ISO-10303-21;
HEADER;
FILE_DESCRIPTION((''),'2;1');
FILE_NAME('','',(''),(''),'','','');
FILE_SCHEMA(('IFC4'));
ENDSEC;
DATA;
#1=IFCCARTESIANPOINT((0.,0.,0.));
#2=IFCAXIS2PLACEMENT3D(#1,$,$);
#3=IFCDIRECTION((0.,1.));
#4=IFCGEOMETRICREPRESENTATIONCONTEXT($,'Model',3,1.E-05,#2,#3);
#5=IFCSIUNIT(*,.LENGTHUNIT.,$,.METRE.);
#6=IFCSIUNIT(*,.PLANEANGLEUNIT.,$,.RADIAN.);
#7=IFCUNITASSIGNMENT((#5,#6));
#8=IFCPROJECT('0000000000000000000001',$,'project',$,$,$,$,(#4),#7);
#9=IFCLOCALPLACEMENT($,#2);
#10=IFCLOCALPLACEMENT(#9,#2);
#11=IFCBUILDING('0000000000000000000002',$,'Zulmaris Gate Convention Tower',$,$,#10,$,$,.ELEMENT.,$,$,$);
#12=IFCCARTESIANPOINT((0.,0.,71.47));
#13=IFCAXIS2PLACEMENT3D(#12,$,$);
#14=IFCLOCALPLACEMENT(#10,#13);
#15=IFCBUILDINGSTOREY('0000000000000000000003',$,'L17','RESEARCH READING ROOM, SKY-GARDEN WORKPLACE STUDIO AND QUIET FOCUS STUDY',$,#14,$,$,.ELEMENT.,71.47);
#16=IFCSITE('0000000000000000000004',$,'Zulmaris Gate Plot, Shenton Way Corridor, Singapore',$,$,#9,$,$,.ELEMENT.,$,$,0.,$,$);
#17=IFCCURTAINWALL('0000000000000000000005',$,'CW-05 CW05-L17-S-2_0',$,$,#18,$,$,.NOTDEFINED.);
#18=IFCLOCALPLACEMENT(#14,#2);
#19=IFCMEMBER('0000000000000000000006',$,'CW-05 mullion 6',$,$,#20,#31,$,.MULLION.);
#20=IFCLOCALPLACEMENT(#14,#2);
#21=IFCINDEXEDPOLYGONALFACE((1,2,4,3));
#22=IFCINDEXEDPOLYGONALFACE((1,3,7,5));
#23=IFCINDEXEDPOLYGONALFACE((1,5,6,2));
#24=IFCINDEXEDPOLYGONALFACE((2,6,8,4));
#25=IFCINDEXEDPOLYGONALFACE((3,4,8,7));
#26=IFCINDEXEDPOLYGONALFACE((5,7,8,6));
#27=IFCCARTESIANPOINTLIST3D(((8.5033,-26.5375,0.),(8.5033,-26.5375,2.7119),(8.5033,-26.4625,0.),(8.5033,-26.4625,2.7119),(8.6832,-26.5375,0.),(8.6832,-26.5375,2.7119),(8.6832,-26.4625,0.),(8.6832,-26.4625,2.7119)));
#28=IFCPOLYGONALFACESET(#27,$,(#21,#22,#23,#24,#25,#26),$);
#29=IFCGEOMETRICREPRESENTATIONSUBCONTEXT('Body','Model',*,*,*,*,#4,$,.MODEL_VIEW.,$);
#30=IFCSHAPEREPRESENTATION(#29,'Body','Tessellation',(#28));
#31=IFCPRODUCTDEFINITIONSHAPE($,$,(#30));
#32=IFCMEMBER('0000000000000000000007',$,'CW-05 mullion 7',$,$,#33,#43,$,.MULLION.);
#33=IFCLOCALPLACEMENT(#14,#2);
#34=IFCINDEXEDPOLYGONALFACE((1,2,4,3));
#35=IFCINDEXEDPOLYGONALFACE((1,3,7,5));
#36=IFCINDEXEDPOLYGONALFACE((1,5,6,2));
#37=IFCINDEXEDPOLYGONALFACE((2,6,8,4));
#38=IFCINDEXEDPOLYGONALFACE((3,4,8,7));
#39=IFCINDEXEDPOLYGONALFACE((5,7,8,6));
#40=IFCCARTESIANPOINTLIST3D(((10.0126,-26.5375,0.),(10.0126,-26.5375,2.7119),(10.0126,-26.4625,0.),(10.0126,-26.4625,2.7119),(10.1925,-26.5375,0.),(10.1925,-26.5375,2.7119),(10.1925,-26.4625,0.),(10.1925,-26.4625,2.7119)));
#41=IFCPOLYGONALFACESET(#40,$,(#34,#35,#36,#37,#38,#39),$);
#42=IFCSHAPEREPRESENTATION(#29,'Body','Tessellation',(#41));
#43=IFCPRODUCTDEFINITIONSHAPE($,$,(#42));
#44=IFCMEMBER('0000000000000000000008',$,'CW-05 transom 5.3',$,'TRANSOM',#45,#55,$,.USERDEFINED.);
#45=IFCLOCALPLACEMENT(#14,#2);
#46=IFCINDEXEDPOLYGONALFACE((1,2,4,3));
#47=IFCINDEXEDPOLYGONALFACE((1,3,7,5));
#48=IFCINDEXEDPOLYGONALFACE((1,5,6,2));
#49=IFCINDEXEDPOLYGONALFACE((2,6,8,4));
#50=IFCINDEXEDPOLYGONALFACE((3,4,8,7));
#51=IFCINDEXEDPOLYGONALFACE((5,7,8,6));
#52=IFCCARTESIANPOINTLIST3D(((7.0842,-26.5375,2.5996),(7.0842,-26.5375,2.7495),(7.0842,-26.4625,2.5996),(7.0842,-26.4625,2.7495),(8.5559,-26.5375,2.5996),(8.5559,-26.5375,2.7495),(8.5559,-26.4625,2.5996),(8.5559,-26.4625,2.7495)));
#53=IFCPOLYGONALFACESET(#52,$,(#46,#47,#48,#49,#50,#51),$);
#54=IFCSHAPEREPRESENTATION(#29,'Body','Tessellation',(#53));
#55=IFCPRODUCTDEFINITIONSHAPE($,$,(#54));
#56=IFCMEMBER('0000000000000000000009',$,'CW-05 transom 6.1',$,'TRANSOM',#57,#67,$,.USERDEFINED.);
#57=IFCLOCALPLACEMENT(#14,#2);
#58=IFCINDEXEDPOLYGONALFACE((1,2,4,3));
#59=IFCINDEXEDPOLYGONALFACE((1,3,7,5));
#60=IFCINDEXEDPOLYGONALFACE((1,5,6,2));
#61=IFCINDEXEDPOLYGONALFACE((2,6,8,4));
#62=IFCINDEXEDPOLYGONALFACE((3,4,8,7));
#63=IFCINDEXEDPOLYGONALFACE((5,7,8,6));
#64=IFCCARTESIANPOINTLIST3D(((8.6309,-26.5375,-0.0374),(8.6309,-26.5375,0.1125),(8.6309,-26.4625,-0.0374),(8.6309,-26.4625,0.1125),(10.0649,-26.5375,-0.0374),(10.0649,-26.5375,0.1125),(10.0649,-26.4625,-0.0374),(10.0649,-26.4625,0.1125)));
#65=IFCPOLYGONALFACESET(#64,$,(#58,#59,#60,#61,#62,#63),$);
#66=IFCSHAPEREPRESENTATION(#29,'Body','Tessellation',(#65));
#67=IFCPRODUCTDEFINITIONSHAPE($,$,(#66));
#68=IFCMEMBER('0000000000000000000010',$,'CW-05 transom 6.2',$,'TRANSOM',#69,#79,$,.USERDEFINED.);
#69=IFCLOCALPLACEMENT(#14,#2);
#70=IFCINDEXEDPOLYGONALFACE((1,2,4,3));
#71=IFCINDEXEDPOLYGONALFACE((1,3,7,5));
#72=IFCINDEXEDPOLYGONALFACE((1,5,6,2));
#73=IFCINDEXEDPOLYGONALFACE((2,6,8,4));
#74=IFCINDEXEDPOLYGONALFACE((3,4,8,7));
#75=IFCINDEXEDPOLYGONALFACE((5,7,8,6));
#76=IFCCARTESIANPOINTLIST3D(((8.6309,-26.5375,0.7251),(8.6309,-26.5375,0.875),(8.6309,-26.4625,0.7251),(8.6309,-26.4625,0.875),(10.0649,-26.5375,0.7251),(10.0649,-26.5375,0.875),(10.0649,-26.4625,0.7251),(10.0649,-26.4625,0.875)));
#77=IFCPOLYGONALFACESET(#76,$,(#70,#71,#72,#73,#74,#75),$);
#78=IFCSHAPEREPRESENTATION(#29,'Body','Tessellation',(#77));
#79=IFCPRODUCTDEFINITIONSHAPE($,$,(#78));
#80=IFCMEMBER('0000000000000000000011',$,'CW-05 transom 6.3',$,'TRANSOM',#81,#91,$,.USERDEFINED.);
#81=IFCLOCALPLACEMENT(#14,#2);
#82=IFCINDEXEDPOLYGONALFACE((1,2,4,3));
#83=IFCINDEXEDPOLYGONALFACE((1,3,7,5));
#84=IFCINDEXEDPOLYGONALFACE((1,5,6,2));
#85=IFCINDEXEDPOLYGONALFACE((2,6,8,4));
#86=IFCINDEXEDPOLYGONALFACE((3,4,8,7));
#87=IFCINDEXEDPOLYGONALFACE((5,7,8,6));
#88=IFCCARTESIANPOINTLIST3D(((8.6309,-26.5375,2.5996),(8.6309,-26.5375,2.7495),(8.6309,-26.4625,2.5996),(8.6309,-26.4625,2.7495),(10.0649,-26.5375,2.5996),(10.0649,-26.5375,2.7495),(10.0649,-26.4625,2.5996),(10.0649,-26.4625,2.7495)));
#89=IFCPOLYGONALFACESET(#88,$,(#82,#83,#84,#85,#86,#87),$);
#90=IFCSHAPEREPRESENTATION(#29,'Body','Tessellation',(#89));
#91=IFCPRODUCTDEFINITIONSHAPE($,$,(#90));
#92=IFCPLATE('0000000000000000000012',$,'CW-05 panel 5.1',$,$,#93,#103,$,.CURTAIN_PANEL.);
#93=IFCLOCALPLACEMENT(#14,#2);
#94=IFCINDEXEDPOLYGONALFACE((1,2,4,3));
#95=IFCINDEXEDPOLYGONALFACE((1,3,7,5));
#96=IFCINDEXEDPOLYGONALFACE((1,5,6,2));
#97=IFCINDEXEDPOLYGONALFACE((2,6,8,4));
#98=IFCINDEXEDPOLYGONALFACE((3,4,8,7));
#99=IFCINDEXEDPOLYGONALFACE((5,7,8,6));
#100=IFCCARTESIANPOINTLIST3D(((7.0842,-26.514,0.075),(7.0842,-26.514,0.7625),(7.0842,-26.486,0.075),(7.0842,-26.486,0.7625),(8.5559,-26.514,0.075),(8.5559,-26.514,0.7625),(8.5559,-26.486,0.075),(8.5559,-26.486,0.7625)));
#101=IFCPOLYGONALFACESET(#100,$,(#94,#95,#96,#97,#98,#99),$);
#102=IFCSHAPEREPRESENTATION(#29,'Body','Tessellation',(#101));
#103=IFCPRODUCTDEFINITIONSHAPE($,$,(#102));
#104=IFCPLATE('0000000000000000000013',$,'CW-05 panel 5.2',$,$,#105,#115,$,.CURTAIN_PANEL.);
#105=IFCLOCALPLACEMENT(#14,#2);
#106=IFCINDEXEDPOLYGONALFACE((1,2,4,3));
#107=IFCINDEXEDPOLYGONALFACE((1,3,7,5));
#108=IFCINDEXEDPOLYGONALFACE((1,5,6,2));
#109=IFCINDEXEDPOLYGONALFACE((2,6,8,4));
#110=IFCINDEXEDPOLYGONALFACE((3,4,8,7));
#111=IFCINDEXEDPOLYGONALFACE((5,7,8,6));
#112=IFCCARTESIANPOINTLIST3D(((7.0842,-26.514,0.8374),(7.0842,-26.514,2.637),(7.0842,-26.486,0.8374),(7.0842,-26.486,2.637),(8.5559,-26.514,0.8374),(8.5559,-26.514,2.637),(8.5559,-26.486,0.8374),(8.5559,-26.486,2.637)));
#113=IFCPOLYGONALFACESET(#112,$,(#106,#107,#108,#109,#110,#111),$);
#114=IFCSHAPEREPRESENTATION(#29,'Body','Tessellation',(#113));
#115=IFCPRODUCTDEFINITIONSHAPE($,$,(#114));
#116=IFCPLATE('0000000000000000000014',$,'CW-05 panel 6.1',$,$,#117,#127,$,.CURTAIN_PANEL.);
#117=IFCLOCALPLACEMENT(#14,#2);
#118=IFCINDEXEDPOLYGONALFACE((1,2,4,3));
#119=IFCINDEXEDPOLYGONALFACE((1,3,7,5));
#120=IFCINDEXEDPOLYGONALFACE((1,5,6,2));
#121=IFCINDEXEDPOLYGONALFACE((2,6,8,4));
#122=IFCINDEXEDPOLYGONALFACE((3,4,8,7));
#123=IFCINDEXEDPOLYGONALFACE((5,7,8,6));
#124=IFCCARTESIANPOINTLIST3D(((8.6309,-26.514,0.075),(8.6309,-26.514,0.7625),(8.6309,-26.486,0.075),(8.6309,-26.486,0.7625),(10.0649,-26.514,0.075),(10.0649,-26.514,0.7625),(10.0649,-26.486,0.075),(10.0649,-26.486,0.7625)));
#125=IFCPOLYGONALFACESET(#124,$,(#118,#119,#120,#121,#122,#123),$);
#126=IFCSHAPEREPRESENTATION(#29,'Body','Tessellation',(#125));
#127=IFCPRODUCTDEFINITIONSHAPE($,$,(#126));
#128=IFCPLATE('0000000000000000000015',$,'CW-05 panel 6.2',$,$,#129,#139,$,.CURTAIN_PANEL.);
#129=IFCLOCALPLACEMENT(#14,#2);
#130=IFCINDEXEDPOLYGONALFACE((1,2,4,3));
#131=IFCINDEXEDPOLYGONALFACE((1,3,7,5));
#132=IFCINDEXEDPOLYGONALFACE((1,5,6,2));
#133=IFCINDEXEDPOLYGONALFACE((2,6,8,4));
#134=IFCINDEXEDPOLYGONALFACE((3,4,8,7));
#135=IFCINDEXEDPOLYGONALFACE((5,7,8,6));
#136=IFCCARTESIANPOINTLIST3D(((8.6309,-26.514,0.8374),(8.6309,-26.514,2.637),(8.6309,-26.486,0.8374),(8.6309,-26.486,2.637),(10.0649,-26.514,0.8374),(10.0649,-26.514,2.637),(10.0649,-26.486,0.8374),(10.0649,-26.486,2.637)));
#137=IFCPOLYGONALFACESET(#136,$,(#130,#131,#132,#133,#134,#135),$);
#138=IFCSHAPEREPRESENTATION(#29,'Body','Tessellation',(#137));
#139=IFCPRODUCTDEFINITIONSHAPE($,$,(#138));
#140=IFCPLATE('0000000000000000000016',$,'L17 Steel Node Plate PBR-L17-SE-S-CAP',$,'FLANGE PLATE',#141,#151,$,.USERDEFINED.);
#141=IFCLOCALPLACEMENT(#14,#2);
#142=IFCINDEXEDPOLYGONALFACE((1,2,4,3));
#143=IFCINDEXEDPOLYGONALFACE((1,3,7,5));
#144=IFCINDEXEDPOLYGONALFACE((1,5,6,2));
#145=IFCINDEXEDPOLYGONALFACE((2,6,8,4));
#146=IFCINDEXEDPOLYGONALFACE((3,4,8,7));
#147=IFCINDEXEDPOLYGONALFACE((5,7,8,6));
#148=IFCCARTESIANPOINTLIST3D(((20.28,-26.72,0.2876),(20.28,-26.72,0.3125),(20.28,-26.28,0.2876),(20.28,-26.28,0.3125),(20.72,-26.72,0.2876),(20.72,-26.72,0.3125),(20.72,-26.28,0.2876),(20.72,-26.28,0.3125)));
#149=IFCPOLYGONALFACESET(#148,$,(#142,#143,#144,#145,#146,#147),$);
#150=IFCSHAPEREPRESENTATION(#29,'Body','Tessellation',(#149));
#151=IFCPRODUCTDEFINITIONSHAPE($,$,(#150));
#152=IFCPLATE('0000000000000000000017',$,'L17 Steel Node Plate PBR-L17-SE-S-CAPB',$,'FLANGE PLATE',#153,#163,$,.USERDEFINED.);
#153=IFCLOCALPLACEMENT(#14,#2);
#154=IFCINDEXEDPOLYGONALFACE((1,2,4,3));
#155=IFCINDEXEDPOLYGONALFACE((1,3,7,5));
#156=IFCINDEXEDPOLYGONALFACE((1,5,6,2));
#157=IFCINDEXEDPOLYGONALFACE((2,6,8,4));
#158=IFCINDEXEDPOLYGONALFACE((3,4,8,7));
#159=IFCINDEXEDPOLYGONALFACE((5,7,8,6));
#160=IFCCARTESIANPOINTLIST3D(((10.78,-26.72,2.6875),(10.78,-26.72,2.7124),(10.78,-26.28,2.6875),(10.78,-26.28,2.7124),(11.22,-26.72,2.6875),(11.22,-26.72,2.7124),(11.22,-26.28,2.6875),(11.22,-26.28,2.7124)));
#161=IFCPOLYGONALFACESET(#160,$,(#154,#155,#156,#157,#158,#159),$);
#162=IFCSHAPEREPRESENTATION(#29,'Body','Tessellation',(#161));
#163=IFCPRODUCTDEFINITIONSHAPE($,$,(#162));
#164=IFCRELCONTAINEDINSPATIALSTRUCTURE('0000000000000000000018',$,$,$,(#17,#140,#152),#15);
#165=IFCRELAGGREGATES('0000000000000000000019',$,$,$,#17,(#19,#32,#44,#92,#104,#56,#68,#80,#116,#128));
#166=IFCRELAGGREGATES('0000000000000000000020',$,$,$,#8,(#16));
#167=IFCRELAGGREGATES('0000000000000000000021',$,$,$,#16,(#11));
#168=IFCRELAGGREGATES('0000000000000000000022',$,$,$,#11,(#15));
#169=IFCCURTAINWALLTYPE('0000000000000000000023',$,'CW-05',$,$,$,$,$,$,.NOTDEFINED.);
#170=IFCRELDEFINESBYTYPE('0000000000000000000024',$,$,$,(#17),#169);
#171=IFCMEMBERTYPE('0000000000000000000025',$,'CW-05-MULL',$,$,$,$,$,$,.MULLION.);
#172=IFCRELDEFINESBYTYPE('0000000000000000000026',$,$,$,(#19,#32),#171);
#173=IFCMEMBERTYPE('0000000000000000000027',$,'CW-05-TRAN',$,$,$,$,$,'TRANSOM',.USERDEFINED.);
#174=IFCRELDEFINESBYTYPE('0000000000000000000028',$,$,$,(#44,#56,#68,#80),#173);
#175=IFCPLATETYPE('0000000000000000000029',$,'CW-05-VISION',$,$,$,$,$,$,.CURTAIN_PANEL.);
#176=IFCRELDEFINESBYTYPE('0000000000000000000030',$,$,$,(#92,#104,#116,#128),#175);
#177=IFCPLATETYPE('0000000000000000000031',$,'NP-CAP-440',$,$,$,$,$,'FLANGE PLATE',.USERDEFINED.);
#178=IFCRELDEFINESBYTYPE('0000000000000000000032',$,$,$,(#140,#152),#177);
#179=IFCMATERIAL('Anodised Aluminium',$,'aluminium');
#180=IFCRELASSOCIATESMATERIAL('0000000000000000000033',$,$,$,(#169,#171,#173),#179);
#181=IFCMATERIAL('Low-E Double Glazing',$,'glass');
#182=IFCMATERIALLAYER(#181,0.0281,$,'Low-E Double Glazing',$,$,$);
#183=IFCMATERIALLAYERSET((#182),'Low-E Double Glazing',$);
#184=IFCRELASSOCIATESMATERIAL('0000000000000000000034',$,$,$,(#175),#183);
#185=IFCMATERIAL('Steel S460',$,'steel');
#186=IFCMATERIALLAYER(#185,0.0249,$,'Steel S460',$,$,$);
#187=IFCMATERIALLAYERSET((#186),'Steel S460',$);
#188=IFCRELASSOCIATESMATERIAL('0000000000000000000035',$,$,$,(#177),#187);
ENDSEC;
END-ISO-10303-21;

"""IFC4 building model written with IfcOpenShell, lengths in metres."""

from ifc_helpers import new_model, si_unit, direction, frame, origin, origin_2d, place, context, subcontext, project, spatial, rectangle, extrude, material, layer, layer_set, material_profile, profile_set, type_object, element, aggregate, save


model = new_model("IFC4")

# Units and contexts
model_context = context("Model", 3, precision=1e-05, world=origin(), true_north=direction((0.0, 1.0)))
body_context = subcontext(model_context, "Body", "Model", "MODEL_VIEW")
ifc_project = project(units=[si_unit("LENGTHUNIT", "METRE"), si_unit("PLANEANGLEUNIT", "RADIAN")], contexts=[model_context])

# Site, building, storey
site_placement = place(None, origin())
site = spatial("IfcSite", under=ifc_project, at=site_placement, Name="Zulmaris Gate Plot, Shenton Way Corridor, Singapore", CompositionType="ELEMENT", RefElevation=0.0)
building_placement = place(site_placement, origin())
building = spatial("IfcBuilding", under=site, at=building_placement, Name="Zulmaris Gate Convention Tower", CompositionType="ELEMENT")
storey_placement = place(building_placement, frame((0.0, 0.0, 71.47)))
storey = spatial("IfcBuildingStorey", under=building, at=storey_placement, Name="L17", Description="RESEARCH READING ROOM, SKY-GARDEN WORKPLACE STUDIO AND QUIET FOCUS STUDY", CompositionType="ELEMENT", Elevation=71.47)

# Shared definitions
ifc_material_1 = material(Name="Steel S460", Category="steel")

# Curtain wall, members, plates
ifc_material_2 = material(Name="Anodised Aluminium", Category="aluminium")
curtain_wall_type = type_object("IfcCurtainWallType", Name="CW-05", PredefinedType="NOTDEFINED", material=ifc_material_2)
curtain_wall_placement = place(storey_placement, origin())
curtain_wall = element("IfcCurtainWall", 1, at=curtain_wall_placement, inside=storey, type_object=curtain_wall_type, Name="CW-05 CW05-L17-S-2_0", PredefinedType="NOTDEFINED")
ifc_material_profile_1 = material_profile(ifc_material_2, rectangle(XDim=0.075, YDim=0.1799, at=origin_2d()), Name="ALU MULLION 75x180")
ifc_profile_set_1 = profile_set([ifc_material_profile_1], Name="Anodised Aluminium")
member_type_1 = type_object("IfcMemberType", Name="CW-05-MULL", PredefinedType="MULLION", material=ifc_profile_set_1)
member_1_placement = place(storey_placement, frame((8.5933, -26.5, 0.0), z_axis=(0.0, 0.0, 1.0), x_axis=(0.0, 1.0, 0.0)))
member_1 = element("IfcMember", 2, at=member_1_placement, type_object=member_type_1, Name="CW-05 mullion 6", PredefinedType="MULLION", context=body_context, shape_type="SweptSolid", body=[
    extrude(rectangle(XDim=0.075, YDim=0.1799, at=origin_2d()), origin(), (0.0, 0.0, 1.0), 2.7119),
])
member_2_placement = place(storey_placement, frame((10.1025, -26.5, 0.0), z_axis=(0.0, 0.0, 1.0), x_axis=(0.0, 1.0, 0.0)))
member_2 = element("IfcMember", 3, at=member_2_placement, type_object=member_type_1, Name="CW-05 mullion 7", PredefinedType="MULLION", context=body_context, shape_type="SweptSolid", body=[
    extrude(rectangle(XDim=0.075, YDim=0.1799, at=origin_2d()), origin(), (0.0, 0.0, 1.0), 2.7119),
])
ifc_material_profile_2 = material_profile(ifc_material_2, rectangle(XDim=0.075, YDim=0.1499, at=origin_2d()), Name="ALU TRANSOM 75x150")
ifc_profile_set_2 = profile_set([ifc_material_profile_2], Name="Anodised Aluminium")
member_type_2 = type_object("IfcMemberType", Name="CW-05-TRAN", ElementType="TRANSOM", PredefinedType="USERDEFINED", material=ifc_profile_set_2)
member_3_placement = place(storey_placement, frame((7.0842, -26.5, 2.6746), z_axis=(1.0, 0.0, 0.0), x_axis=(0.0, 1.0, 0.0)))
member_3 = element("IfcMember", 4, at=member_3_placement, type_object=member_type_2, Name="CW-05 transom 5.3", ObjectType="TRANSOM", PredefinedType="USERDEFINED", context=body_context, shape_type="SweptSolid", body=[
    extrude(rectangle(XDim=0.075, YDim=0.1499, at=origin_2d()), origin(), (0.0, 0.0, 1.0), 1.4717),
])
member_4_placement = place(storey_placement, frame((8.6309, -26.5, 0.0376), z_axis=(1.0, 0.0, 0.0), x_axis=(0.0, 1.0, 0.0)))
member_4 = element("IfcMember", 5, at=member_4_placement, type_object=member_type_2, Name="CW-05 transom 6.1", ObjectType="TRANSOM", PredefinedType="USERDEFINED", context=body_context, shape_type="SweptSolid", body=[
    extrude(rectangle(XDim=0.075, YDim=0.1499, at=origin_2d()), origin(), (0.0, 0.0, 1.0), 1.4341),
])
member_5_placement = place(storey_placement, frame((8.6309, -26.5, 0.8), z_axis=(1.0, 0.0, 0.0), x_axis=(0.0, 1.0, 0.0)))
member_5 = element("IfcMember", 6, at=member_5_placement, type_object=member_type_2, Name="CW-05 transom 6.2", ObjectType="TRANSOM", PredefinedType="USERDEFINED", context=body_context, shape_type="SweptSolid", body=[
    extrude(rectangle(XDim=0.075, YDim=0.1499, at=origin_2d()), origin(), (0.0, 0.0, 1.0), 1.4341),
])
member_6_placement = place(storey_placement, frame((8.6309, -26.5, 2.6746), z_axis=(1.0, 0.0, 0.0), x_axis=(0.0, 1.0, 0.0)))
member_6 = element("IfcMember", 7, at=member_6_placement, type_object=member_type_2, Name="CW-05 transom 6.3", ObjectType="TRANSOM", PredefinedType="USERDEFINED", context=body_context, shape_type="SweptSolid", body=[
    extrude(rectangle(XDim=0.075, YDim=0.1499, at=origin_2d()), origin(), (0.0, 0.0, 1.0), 1.4341),
])
ifc_material_3 = material(Name="Low-E Double Glazing", Category="glass")
ifc_layer_1 = layer(ifc_material_3, 0.0281, Name="Low-E Double Glazing")
ifc_layer_set_1 = layer_set([ifc_layer_1], Name="Low-E Double Glazing")
plate_type_1 = type_object("IfcPlateType", Name="CW-05-VISION", PredefinedType="CURTAIN_PANEL", material=ifc_layer_set_1)
plate_1_placement = place(storey_placement, frame((7.8201, -26.5, 0.075), z_axis=(0.0, 0.0, 1.0), x_axis=(1.0, 0.0, 0.0)))
plate_1 = element("IfcPlate", 8, at=plate_1_placement, type_object=plate_type_1, Name="CW-05 panel 5.1", PredefinedType="CURTAIN_PANEL", context=body_context, shape_type="SweptSolid", body=[
    extrude(rectangle(XDim=1.4717, YDim=0.0281, at=origin_2d()), origin(), (0.0, 0.0, 1.0), 0.6875),
])
plate_2_placement = place(storey_placement, frame((7.8201, -26.5, 0.8374), z_axis=(0.0, 0.0, 1.0), x_axis=(1.0, 0.0, 0.0)))
plate_2 = element("IfcPlate", 9, at=plate_2_placement, type_object=plate_type_1, Name="CW-05 panel 5.2", PredefinedType="CURTAIN_PANEL", context=body_context, shape_type="SweptSolid", body=[
    extrude(rectangle(XDim=1.4717, YDim=0.0281, at=origin_2d()), origin(), (0.0, 0.0, 1.0), 1.7996),
])
plate_3_placement = place(storey_placement, frame((9.3479, -26.5, 0.075), z_axis=(0.0, 0.0, 1.0), x_axis=(1.0, 0.0, 0.0)))
plate_3 = element("IfcPlate", 10, at=plate_3_placement, type_object=plate_type_1, Name="CW-05 panel 6.1", PredefinedType="CURTAIN_PANEL", context=body_context, shape_type="SweptSolid", body=[
    extrude(rectangle(XDim=1.4341, YDim=0.0281, at=origin_2d()), origin(), (0.0, 0.0, 1.0), 0.6875),
])
plate_4_placement = place(storey_placement, frame((9.3479, -26.5, 0.8374), z_axis=(0.0, 0.0, 1.0), x_axis=(1.0, 0.0, 0.0)))
plate_4 = element("IfcPlate", 11, at=plate_4_placement, type_object=plate_type_1, Name="CW-05 panel 6.2", PredefinedType="CURTAIN_PANEL", context=body_context, shape_type="SweptSolid", body=[
    extrude(rectangle(XDim=1.4341, YDim=0.0281, at=origin_2d()), origin(), (0.0, 0.0, 1.0), 1.7996),
])
aggregate(curtain_wall, [member_1, member_2, member_3, plate_1, plate_2, member_4, member_5, member_6, plate_3, plate_4])

# Plates
ifc_layer_2 = layer(ifc_material_1, 0.0249, Name="Steel S460")
ifc_layer_set_2 = layer_set([ifc_layer_2], Name="Steel S460")
plate_type_2 = type_object("IfcPlateType", Name="NP-CAP-440", ElementType="FLANGE PLATE", PredefinedType="USERDEFINED", material=ifc_layer_set_2)
for number, where, z_axis, x_axis, name in (
    (12, (20.5, -26.5, 0.2876), (0.0, 0.0, 1.0), (1.0, 0.0, 0.0), "L17 Steel Node Plate PBR-L17-SE-S-CAP"),
    (13, (11.0, -26.5, 2.6875), (0.0, 0.0, 1.0), (1.0, 0.0, 0.0), "L17 Steel Node Plate PBR-L17-SE-S-CAPB"),
):
    element("IfcPlate", number, at=place(storey_placement, frame(where, z_axis=z_axis, x_axis=x_axis)), inside=storey, type_object=plate_type_2, Name=name, ObjectType="FLANGE PLATE", PredefinedType="USERDEFINED", context=body_context, shape_type="SweptSolid", body=[
        extrude(rectangle(XDim=0.4399, YDim=0.4399, at=origin_2d()), origin(), (0.0, 0.0, 1.0), 0.0249),
    ])

save(model, "model.ifc")
